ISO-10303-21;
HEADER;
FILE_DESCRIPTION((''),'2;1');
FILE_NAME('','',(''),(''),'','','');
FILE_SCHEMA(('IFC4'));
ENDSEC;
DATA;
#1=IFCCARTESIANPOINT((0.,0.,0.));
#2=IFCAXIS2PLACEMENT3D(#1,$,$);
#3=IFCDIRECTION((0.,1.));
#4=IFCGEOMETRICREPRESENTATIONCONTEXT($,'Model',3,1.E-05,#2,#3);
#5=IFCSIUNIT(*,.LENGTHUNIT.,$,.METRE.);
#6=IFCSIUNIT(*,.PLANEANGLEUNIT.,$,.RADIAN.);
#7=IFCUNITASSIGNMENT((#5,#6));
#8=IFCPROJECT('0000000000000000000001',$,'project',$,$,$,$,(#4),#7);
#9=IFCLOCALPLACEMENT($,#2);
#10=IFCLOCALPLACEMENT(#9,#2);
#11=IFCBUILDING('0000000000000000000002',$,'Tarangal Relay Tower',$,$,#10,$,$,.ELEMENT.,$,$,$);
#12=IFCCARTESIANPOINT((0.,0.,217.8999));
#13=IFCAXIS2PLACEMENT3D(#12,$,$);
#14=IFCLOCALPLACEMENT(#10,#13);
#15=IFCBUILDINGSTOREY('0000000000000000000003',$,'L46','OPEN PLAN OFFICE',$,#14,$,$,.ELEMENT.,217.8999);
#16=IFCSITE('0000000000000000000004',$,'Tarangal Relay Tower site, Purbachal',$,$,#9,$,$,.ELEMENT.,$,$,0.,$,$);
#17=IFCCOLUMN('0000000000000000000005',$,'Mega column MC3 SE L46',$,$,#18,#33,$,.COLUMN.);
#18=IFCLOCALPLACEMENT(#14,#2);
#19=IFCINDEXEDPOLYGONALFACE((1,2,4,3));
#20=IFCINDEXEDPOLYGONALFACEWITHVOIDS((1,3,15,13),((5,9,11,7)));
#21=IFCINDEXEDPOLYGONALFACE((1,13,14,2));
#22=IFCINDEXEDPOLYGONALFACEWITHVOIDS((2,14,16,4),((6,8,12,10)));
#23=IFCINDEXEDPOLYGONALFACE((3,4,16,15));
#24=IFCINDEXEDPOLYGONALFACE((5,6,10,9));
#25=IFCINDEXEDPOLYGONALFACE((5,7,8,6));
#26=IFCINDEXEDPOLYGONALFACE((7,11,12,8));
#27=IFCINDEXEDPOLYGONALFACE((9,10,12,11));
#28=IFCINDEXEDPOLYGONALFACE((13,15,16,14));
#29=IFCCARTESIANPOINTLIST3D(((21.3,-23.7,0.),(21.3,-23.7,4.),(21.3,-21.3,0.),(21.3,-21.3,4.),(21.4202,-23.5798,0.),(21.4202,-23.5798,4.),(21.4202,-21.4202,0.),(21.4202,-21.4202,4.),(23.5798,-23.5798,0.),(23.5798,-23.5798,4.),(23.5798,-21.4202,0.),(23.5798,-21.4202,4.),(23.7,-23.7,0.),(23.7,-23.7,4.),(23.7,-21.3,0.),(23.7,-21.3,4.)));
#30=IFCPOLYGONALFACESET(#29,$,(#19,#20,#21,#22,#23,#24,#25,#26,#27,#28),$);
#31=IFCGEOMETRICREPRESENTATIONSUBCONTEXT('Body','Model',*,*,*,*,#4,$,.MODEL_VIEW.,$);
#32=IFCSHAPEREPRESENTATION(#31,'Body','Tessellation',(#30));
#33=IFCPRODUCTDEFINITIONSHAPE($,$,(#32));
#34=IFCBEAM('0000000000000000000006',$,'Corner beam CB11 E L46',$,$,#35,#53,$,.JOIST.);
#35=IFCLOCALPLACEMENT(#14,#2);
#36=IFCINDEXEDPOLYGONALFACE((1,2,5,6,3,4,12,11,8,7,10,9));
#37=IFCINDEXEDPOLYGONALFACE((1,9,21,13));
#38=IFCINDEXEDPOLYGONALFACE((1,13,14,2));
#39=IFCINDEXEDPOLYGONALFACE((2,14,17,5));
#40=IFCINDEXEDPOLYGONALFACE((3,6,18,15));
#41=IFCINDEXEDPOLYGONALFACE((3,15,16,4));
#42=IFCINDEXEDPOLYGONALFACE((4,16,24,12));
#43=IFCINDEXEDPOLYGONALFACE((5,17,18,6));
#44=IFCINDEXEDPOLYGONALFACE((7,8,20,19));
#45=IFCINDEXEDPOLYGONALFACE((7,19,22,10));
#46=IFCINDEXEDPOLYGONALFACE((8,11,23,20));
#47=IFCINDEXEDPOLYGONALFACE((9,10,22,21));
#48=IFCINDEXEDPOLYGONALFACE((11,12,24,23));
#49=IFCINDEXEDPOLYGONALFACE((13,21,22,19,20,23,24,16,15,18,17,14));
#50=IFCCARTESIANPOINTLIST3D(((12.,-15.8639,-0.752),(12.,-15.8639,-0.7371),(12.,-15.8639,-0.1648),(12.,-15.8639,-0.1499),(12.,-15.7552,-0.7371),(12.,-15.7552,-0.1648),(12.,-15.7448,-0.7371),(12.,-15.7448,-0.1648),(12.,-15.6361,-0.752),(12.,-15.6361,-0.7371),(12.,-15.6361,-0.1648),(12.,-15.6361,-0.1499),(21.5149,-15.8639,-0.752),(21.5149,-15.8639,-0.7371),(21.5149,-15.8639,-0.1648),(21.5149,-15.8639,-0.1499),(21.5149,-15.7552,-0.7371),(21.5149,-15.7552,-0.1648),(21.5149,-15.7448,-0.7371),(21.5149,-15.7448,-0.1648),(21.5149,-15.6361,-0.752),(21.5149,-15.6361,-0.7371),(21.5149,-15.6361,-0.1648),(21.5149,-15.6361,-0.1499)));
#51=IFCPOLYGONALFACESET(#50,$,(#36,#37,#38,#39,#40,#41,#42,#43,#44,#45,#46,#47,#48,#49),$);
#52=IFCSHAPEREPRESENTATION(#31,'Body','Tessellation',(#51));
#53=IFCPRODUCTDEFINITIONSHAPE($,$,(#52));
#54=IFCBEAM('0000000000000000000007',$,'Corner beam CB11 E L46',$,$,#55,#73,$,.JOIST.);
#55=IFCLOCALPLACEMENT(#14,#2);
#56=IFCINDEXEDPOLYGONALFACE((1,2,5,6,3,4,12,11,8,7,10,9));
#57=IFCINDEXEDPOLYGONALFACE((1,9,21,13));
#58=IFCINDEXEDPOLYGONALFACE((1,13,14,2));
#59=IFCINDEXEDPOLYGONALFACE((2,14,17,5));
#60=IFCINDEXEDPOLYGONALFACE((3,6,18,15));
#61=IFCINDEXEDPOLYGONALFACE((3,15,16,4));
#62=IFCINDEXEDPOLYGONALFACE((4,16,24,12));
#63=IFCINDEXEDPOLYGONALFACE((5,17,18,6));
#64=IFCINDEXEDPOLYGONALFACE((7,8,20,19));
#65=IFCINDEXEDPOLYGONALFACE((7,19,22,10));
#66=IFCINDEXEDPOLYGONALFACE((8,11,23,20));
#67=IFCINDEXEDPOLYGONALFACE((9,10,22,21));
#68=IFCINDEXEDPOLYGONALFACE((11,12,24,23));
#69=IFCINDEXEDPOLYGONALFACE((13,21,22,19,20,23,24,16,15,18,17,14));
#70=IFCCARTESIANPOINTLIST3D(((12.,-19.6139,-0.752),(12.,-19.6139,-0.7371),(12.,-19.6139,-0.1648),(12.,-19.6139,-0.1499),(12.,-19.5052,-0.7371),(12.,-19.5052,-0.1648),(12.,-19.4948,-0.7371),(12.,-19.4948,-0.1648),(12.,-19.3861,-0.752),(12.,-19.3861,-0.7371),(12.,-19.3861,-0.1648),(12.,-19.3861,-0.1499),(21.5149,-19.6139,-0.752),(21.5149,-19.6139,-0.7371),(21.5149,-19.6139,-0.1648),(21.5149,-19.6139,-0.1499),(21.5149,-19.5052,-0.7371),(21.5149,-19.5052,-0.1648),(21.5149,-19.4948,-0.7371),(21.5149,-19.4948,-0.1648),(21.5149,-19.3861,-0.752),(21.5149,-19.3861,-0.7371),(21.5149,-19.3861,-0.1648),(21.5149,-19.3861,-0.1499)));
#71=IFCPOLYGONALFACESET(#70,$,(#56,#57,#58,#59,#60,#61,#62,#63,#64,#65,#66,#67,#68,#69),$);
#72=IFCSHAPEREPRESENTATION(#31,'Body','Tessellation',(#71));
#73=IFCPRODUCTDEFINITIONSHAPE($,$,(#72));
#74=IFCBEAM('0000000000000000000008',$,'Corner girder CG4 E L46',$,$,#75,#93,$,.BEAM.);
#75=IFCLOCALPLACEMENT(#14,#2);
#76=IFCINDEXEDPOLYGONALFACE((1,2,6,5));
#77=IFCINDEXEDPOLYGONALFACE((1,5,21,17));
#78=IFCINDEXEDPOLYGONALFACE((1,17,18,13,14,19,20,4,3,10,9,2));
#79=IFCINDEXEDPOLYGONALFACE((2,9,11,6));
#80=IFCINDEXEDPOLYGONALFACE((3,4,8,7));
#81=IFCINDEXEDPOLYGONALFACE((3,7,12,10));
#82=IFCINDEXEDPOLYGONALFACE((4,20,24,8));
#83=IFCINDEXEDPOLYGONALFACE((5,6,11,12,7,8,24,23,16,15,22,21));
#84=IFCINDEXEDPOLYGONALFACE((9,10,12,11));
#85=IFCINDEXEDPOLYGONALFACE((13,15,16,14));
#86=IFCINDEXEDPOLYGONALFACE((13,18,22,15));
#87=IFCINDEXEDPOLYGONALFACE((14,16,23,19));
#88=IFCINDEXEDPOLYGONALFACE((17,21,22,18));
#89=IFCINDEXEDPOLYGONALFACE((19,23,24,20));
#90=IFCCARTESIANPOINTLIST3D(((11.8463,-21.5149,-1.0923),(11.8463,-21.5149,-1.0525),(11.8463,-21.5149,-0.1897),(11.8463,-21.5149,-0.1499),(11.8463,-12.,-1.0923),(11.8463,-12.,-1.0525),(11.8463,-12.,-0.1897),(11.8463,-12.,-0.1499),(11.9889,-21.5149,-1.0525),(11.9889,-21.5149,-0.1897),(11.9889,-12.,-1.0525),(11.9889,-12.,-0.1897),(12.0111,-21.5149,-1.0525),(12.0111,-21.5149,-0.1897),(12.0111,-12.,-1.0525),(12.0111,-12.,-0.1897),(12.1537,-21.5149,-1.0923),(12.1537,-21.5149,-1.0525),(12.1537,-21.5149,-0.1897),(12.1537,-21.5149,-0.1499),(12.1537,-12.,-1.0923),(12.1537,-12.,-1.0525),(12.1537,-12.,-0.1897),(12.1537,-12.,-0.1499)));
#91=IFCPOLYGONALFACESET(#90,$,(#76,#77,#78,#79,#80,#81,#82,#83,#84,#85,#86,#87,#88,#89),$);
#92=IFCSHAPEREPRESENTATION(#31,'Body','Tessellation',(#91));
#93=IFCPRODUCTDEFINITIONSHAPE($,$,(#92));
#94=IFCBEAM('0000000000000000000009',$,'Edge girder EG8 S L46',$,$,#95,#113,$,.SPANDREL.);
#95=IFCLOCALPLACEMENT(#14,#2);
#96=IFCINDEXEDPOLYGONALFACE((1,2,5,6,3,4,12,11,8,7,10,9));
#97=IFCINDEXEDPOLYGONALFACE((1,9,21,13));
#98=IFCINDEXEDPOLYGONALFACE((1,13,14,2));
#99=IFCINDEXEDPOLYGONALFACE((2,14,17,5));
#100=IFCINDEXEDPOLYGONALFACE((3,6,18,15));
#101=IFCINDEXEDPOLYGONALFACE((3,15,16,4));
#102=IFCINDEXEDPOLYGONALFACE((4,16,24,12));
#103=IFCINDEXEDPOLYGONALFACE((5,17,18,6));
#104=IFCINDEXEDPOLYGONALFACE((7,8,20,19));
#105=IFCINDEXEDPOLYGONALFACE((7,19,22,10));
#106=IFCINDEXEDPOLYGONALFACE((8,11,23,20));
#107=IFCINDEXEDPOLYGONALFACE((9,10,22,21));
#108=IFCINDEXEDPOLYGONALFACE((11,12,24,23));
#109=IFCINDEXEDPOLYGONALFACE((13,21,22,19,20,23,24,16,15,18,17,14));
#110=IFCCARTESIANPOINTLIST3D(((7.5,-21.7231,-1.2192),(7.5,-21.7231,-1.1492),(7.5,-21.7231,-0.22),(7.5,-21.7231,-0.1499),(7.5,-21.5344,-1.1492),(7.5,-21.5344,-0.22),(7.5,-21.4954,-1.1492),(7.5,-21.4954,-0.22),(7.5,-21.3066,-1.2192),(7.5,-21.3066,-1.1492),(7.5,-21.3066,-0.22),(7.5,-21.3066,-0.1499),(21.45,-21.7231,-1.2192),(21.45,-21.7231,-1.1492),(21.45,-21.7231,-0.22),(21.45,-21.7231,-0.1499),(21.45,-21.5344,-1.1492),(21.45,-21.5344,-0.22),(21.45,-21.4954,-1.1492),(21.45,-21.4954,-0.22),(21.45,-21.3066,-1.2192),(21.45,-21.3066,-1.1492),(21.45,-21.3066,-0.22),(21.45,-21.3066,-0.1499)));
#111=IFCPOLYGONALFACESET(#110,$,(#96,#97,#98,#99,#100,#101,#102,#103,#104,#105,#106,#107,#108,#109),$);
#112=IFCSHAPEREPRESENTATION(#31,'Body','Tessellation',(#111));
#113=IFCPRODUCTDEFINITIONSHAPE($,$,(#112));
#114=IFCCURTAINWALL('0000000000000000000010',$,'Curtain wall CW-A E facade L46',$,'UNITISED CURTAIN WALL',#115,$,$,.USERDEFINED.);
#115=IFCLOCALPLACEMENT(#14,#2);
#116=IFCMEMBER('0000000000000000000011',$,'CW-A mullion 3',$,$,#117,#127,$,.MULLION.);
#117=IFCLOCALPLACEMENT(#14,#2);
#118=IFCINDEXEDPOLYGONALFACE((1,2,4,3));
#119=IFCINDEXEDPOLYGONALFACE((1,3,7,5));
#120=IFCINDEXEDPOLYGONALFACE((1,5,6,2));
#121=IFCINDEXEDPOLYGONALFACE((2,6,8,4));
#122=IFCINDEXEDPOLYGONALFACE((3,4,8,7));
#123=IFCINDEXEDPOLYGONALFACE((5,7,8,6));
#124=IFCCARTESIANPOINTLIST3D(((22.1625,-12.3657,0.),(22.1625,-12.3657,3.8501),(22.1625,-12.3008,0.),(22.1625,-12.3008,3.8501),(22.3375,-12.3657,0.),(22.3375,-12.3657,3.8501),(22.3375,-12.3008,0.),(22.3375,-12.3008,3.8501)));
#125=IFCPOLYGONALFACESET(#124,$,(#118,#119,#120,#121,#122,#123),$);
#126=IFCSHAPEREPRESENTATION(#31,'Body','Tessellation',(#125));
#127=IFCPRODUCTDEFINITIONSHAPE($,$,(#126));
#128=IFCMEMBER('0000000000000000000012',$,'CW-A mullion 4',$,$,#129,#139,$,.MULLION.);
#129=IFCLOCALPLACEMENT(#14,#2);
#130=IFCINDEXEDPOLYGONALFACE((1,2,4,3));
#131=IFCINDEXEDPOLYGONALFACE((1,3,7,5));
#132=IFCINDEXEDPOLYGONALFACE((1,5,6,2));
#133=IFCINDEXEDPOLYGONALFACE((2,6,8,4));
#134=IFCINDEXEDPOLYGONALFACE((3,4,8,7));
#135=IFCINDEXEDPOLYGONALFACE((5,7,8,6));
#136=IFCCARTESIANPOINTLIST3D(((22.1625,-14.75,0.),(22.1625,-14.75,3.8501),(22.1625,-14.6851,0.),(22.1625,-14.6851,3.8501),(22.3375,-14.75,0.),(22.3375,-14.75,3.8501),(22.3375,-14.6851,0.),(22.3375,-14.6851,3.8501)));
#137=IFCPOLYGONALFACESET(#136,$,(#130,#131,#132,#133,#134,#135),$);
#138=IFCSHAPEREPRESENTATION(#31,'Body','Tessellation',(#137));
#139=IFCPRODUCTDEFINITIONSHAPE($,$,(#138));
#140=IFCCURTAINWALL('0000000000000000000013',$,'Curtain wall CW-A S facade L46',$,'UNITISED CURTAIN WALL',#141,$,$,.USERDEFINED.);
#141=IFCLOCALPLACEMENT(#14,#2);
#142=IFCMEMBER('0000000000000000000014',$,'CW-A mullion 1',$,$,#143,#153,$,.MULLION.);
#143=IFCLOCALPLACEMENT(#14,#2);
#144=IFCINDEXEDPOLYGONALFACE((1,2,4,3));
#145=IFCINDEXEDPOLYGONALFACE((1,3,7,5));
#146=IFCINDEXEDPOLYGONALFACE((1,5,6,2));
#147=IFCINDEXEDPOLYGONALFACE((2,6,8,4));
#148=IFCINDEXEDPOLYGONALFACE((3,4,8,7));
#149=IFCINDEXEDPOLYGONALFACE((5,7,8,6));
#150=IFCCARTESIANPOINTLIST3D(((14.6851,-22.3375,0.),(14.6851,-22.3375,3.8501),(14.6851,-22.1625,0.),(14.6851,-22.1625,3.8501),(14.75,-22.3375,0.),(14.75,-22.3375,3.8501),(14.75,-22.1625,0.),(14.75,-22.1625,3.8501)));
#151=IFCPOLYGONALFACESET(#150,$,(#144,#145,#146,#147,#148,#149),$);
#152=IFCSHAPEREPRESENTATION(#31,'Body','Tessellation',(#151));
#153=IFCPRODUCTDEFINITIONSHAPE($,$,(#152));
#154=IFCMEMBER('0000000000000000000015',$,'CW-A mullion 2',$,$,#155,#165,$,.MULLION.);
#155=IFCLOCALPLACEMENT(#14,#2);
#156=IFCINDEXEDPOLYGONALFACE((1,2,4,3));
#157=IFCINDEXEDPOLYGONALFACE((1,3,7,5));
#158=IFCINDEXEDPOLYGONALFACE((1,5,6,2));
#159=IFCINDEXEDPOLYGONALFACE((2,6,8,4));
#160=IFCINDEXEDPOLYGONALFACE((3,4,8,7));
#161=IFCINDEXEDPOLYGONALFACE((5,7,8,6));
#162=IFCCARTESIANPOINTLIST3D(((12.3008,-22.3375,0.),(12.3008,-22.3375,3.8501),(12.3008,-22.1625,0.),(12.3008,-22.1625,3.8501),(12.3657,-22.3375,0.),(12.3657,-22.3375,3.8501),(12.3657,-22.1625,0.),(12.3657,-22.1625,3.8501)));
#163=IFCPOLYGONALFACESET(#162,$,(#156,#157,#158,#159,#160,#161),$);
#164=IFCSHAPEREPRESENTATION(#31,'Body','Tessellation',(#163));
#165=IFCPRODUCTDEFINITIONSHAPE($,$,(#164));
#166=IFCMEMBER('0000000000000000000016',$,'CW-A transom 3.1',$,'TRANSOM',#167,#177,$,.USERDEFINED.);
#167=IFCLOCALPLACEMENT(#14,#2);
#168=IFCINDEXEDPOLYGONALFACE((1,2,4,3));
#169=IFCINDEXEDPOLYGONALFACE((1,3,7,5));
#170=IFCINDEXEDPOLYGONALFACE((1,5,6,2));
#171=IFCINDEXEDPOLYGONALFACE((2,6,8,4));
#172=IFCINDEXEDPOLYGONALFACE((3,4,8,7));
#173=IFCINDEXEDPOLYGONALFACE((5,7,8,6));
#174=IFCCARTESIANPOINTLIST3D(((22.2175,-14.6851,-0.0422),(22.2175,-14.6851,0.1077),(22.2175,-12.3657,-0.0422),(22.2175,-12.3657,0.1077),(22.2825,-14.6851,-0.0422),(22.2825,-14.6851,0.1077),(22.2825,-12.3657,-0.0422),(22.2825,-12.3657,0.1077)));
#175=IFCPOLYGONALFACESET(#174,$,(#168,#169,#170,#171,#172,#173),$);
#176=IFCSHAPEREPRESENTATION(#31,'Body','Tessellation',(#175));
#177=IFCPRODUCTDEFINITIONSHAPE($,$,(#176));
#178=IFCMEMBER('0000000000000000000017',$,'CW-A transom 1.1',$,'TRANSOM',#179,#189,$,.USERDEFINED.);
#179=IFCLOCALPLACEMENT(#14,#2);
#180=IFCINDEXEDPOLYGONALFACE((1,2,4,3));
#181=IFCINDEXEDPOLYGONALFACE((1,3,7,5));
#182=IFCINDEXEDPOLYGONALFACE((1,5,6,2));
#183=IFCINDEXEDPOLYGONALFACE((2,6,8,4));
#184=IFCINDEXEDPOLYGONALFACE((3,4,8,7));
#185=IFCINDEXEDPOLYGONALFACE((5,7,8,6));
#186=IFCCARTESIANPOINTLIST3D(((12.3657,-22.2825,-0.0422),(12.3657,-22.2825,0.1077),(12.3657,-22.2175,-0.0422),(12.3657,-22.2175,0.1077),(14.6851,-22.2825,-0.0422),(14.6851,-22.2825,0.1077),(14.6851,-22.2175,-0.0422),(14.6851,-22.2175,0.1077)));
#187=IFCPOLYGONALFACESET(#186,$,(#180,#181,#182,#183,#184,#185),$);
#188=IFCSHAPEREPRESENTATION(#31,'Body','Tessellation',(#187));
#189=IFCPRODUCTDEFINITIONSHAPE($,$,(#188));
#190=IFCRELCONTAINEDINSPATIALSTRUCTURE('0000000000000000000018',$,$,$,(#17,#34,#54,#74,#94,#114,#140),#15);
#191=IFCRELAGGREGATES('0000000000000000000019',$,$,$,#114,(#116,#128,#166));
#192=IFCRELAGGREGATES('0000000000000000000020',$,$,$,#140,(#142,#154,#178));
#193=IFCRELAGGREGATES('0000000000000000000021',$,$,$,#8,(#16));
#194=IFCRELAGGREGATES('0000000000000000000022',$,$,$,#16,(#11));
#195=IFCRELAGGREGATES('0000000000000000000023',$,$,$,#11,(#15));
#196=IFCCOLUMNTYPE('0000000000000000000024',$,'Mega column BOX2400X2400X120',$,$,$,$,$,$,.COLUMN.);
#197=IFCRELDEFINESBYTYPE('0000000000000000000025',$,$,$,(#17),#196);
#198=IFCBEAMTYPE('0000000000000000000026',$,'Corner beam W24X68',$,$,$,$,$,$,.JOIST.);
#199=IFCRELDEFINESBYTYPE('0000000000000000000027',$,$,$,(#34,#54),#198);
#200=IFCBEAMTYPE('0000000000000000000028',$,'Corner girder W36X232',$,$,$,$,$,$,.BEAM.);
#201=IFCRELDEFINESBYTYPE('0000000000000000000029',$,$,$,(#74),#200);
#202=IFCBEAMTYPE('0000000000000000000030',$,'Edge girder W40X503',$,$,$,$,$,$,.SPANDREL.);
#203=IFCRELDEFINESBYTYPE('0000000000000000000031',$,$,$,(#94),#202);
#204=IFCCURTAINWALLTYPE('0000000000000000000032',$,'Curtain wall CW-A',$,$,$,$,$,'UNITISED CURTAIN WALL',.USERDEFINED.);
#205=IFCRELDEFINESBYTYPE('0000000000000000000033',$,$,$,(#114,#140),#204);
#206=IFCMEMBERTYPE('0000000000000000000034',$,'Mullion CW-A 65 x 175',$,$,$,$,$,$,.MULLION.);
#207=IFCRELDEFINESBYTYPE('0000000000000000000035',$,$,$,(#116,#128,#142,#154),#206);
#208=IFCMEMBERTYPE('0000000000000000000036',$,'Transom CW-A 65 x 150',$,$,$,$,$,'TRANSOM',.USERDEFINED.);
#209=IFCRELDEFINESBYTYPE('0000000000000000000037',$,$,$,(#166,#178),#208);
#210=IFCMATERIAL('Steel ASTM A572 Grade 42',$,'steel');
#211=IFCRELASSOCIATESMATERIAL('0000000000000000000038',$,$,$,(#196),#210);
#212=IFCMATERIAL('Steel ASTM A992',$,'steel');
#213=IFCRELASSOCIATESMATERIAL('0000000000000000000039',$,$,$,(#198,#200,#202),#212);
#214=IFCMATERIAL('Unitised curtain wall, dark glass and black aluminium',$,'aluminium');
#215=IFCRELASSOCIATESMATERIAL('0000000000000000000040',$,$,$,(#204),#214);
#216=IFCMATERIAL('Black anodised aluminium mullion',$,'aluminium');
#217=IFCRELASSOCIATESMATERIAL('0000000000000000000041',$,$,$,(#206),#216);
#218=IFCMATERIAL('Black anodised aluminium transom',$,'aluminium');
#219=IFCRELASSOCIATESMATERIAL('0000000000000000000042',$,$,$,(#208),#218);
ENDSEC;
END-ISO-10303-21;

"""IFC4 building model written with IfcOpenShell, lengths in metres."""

from ifc_helpers import new_model, si_unit, direction, frame, origin, origin_2d, place, context, subcontext, project, spatial, rectangle, hollow_rectangle, i_section, extrude, material, material_profile, profile_set, type_object, element, aggregate, save


model = new_model("IFC4")

# Units and contexts
model_context = context("Model", 3, precision=1e-05, world=origin(), true_north=direction((0.0, 1.0)))
body_context = subcontext(model_context, "Body", "Model", "MODEL_VIEW")
ifc_project = project(units=[si_unit("LENGTHUNIT", "METRE"), si_unit("PLANEANGLEUNIT", "RADIAN")], contexts=[model_context])

# Site, building, storey
site_placement = place(None, origin())
site = spatial("IfcSite", under=ifc_project, at=site_placement, Name="Tarangal Relay Tower site, Purbachal", CompositionType="ELEMENT", RefElevation=0.0)
building_placement = place(site_placement, origin())
building = spatial("IfcBuilding", under=site, at=building_placement, Name="Tarangal Relay Tower", CompositionType="ELEMENT")
storey_placement = place(building_placement, frame((0.0, 0.0, 217.8999)))
storey = spatial("IfcBuildingStorey", under=building, at=storey_placement, Name="L46", Description="OPEN PLAN OFFICE", CompositionType="ELEMENT", Elevation=217.8999)

# Column
ifc_material_1 = material(Name="Steel ASTM A572 Grade 42", Category="steel")
ifc_material_profile_1 = material_profile(ifc_material_1, hollow_rectangle(XDim=2.3999, YDim=2.3999, WallThickness=0.1201, at=origin_2d()), Name="BOX2400X2400X120")
ifc_profile_set_1 = profile_set([ifc_material_profile_1], Name="Steel ASTM A572 Grade 42")
column_type = type_object("IfcColumnType", Name="Mega column BOX2400X2400X120", PredefinedType="COLUMN", material=ifc_profile_set_1)
column_placement = place(storey_placement, frame((22.5, -22.5, 0.0), z_axis=(0.0, 0.0, 1.0), x_axis=(1.0, 0.0, 0.0)))
element("IfcColumn", 1, at=column_placement, inside=storey, type_object=column_type, Name="Mega column MC3 SE L46", PredefinedType="COLUMN", context=body_context, shape_type="SweptSolid", body=[
    extrude(hollow_rectangle(XDim=2.3999, YDim=2.3999, WallThickness=0.1201, at=origin_2d()), origin(), (0.0, 0.0, 1.0), 4.0),
])

# Beams
ifc_material_2 = material(Name="Steel ASTM A992", Category="steel")
ifc_material_profile_2 = material_profile(ifc_material_2, i_section(OverallWidth=0.2278, OverallDepth=0.6021, WebThickness=0.0105, FlangeThickness=0.0149, at=origin_2d()), Name="W24X68")
ifc_profile_set_2 = profile_set([ifc_material_profile_2], Name="Steel ASTM A992")
beam_type_1 = type_object("IfcBeamType", Name="Corner beam W24X68", PredefinedType="JOIST", material=ifc_profile_set_2)
for number, where, z_axis, x_axis, name in (
    (2, (12.0, -15.75, -0.4509), (1.0, 0.0, 0.0), (0.0, 1.0, 0.0), "Corner beam CB11 E L46"),
    (3, (12.0, -19.5, -0.4509), (1.0, 0.0, 0.0), (0.0, 1.0, 0.0), "Corner beam CB11 E L46"),
):
    element("IfcBeam", number, at=place(storey_placement, frame(where, z_axis=z_axis, x_axis=x_axis)), inside=storey, type_object=beam_type_1, Name=name, PredefinedType="JOIST", context=body_context, shape_type="SweptSolid", body=[
        extrude(i_section(OverallWidth=0.2278, OverallDepth=0.6021, WebThickness=0.0105, FlangeThickness=0.0149, at=origin_2d()), origin(), (0.0, 0.0, 1.0), 9.5149),
    ])
ifc_material_profile_3 = material_profile(ifc_material_2, i_section(OverallWidth=0.3074, OverallDepth=0.9424, WebThickness=0.0222, FlangeThickness=0.0398, at=origin_2d()), Name="W36X232")
ifc_profile_set_3 = profile_set([ifc_material_profile_3], Name="Steel ASTM A992")
beam_type_2 = type_object("IfcBeamType", Name="Corner girder W36X232", PredefinedType="BEAM", material=ifc_profile_set_3)
beam_1_placement = place(storey_placement, frame((12.0, -12.0, -0.6211), z_axis=(0.0, -1.0, 0.0), x_axis=(1.0, 0.0, 0.0)))
element("IfcBeam", 4, at=beam_1_placement, inside=storey, type_object=beam_type_2, Name="Corner girder CG4 E L46", PredefinedType="BEAM", context=body_context, shape_type="SweptSolid", body=[
    extrude(i_section(OverallWidth=0.3074, OverallDepth=0.9424, WebThickness=0.0222, FlangeThickness=0.0398, at=origin_2d()), origin(), (0.0, 0.0, 1.0), 9.5149),
])
ifc_material_profile_4 = material_profile(ifc_material_2, i_section(OverallWidth=0.4165, OverallDepth=1.0693, WebThickness=0.0391, FlangeThickness=0.0701, at=origin_2d()), Name="W40X503")
ifc_profile_set_4 = profile_set([ifc_material_profile_4], Name="Steel ASTM A992")
beam_type_3 = type_object("IfcBeamType", Name="Edge girder W40X503", PredefinedType="SPANDREL", material=ifc_profile_set_4)
beam_2_placement = place(storey_placement, frame((21.45, -21.5149, -0.6846), z_axis=(-1.0, 0.0, 0.0), x_axis=(0.0, -1.0, 0.0)))
element("IfcBeam", 5, at=beam_2_placement, inside=storey, type_object=beam_type_3, Name="Edge girder EG8 S L46", PredefinedType="SPANDREL", context=body_context, shape_type="SweptSolid", body=[
    extrude(i_section(OverallWidth=0.4165, OverallDepth=1.0693, WebThickness=0.0391, FlangeThickness=0.0701, at=origin_2d()), origin(), (0.0, 0.0, 1.0), 13.95),
])

# Curtain walls, members
ifc_material_3 = material(Name="Unitised curtain wall, dark glass and black aluminium", Category="aluminium")
curtain_wall_type = type_object("IfcCurtainWallType", Name="Curtain wall CW-A", ElementType="UNITISED CURTAIN WALL", PredefinedType="USERDEFINED", material=ifc_material_3)
curtain_wall_1_placement = place(storey_placement, origin())
curtain_wall_1 = element("IfcCurtainWall", 6, at=curtain_wall_1_placement, inside=storey, type_object=curtain_wall_type, Name="Curtain wall CW-A E facade L46", ObjectType="UNITISED CURTAIN WALL", PredefinedType="USERDEFINED")
ifc_material_4 = material(Name="Black anodised aluminium mullion", Category="aluminium")
ifc_material_profile_5 = material_profile(ifc_material_4, rectangle(XDim=0.175, YDim=0.0649, at=origin_2d()), Name="CW-AM 65X175")
ifc_profile_set_5 = profile_set([ifc_material_profile_5], Name="Black anodised aluminium mullion")
member_type_1 = type_object("IfcMemberType", Name="Mullion CW-A 65 x 175", PredefinedType="MULLION", material=ifc_profile_set_5)
member_1_placement = place(storey_placement, frame((22.25, -12.3333, 0.0), z_axis=(0.0, 0.0, 1.0), x_axis=(1.0, 0.0, 0.0)))
member_1 = element("IfcMember", 7, at=member_1_placement, type_object=member_type_1, Name="CW-A mullion 3", PredefinedType="MULLION", context=body_context, shape_type="SweptSolid", body=[
    extrude(rectangle(XDim=0.175, YDim=0.0649, at=origin_2d()), origin(), (0.0, 0.0, 1.0), 3.8501),
])
member_2_placement = place(storey_placement, frame((22.25, -14.7175, 0.0), z_axis=(0.0, 0.0, 1.0), x_axis=(1.0, 0.0, 0.0)))
member_2 = element("IfcMember", 8, at=member_2_placement, type_object=member_type_1, Name="CW-A mullion 4", PredefinedType="MULLION", context=body_context, shape_type="SweptSolid", body=[
    extrude(rectangle(XDim=0.175, YDim=0.0649, at=origin_2d()), origin(), (0.0, 0.0, 1.0), 3.8501),
])
curtain_wall_2_placement = place(storey_placement, origin())
curtain_wall_2 = element("IfcCurtainWall", 9, at=curtain_wall_2_placement, inside=storey, type_object=curtain_wall_type, Name="Curtain wall CW-A S facade L46", ObjectType="UNITISED CURTAIN WALL", PredefinedType="USERDEFINED")
member_3_placement = place(storey_placement, frame((14.7175, -22.25, 0.0), z_axis=(0.0, 0.0, 1.0), x_axis=(0.0, -1.0, 0.0)))
member_3 = element("IfcMember", 10, at=member_3_placement, type_object=member_type_1, Name="CW-A mullion 1", PredefinedType="MULLION", context=body_context, shape_type="SweptSolid", body=[
    extrude(rectangle(XDim=0.175, YDim=0.0649, at=origin_2d()), origin(), (0.0, 0.0, 1.0), 3.8501),
])
member_4_placement = place(storey_placement, frame((12.3333, -22.25, 0.0), z_axis=(0.0, 0.0, 1.0), x_axis=(0.0, -1.0, 0.0)))
member_4 = element("IfcMember", 11, at=member_4_placement, type_object=member_type_1, Name="CW-A mullion 2", PredefinedType="MULLION", context=body_context, shape_type="SweptSolid", body=[
    extrude(rectangle(XDim=0.175, YDim=0.0649, at=origin_2d()), origin(), (0.0, 0.0, 1.0), 3.8501),
])

# Members
ifc_material_5 = material(Name="Black anodised aluminium transom", Category="aluminium")
ifc_material_profile_6 = material_profile(ifc_material_5, rectangle(XDim=0.0649, YDim=0.1499, at=origin_2d()), Name="CW-AT 65X150")
ifc_profile_set_6 = profile_set([ifc_material_profile_6], Name="Black anodised aluminium transom")
member_type_2 = type_object("IfcMemberType", Name="Transom CW-A 65 x 150", ElementType="TRANSOM", PredefinedType="USERDEFINED", material=ifc_profile_set_6)
member_5_placement = place(storey_placement, frame((22.25, -12.3657, 0.0327), z_axis=(0.0, -1.0, 0.0), x_axis=(1.0, 0.0, 0.0)))
member_5 = element("IfcMember", 12, at=member_5_placement, type_object=member_type_2, Name="CW-A transom 3.1", ObjectType="TRANSOM", PredefinedType="USERDEFINED", context=body_context, shape_type="SweptSolid", body=[
    extrude(rectangle(XDim=0.0649, YDim=0.1499, at=origin_2d()), origin(), (0.0, 0.0, 1.0), 2.3193),
])
member_6_placement = place(storey_placement, frame((14.6851, -22.25, 0.0327), z_axis=(-1.0, 0.0, 0.0), x_axis=(0.0, -1.0, 0.0)))
member_6 = element("IfcMember", 13, at=member_6_placement, type_object=member_type_2, Name="CW-A transom 1.1", ObjectType="TRANSOM", PredefinedType="USERDEFINED", context=body_context, shape_type="SweptSolid", body=[
    extrude(rectangle(XDim=0.0649, YDim=0.1499, at=origin_2d()), origin(), (0.0, 0.0, 1.0), 2.3193),
])

aggregate(curtain_wall_1, [member_1, member_2, member_5])
aggregate(curtain_wall_2, [member_3, member_4, member_6])

save(model, "model.ifc")
